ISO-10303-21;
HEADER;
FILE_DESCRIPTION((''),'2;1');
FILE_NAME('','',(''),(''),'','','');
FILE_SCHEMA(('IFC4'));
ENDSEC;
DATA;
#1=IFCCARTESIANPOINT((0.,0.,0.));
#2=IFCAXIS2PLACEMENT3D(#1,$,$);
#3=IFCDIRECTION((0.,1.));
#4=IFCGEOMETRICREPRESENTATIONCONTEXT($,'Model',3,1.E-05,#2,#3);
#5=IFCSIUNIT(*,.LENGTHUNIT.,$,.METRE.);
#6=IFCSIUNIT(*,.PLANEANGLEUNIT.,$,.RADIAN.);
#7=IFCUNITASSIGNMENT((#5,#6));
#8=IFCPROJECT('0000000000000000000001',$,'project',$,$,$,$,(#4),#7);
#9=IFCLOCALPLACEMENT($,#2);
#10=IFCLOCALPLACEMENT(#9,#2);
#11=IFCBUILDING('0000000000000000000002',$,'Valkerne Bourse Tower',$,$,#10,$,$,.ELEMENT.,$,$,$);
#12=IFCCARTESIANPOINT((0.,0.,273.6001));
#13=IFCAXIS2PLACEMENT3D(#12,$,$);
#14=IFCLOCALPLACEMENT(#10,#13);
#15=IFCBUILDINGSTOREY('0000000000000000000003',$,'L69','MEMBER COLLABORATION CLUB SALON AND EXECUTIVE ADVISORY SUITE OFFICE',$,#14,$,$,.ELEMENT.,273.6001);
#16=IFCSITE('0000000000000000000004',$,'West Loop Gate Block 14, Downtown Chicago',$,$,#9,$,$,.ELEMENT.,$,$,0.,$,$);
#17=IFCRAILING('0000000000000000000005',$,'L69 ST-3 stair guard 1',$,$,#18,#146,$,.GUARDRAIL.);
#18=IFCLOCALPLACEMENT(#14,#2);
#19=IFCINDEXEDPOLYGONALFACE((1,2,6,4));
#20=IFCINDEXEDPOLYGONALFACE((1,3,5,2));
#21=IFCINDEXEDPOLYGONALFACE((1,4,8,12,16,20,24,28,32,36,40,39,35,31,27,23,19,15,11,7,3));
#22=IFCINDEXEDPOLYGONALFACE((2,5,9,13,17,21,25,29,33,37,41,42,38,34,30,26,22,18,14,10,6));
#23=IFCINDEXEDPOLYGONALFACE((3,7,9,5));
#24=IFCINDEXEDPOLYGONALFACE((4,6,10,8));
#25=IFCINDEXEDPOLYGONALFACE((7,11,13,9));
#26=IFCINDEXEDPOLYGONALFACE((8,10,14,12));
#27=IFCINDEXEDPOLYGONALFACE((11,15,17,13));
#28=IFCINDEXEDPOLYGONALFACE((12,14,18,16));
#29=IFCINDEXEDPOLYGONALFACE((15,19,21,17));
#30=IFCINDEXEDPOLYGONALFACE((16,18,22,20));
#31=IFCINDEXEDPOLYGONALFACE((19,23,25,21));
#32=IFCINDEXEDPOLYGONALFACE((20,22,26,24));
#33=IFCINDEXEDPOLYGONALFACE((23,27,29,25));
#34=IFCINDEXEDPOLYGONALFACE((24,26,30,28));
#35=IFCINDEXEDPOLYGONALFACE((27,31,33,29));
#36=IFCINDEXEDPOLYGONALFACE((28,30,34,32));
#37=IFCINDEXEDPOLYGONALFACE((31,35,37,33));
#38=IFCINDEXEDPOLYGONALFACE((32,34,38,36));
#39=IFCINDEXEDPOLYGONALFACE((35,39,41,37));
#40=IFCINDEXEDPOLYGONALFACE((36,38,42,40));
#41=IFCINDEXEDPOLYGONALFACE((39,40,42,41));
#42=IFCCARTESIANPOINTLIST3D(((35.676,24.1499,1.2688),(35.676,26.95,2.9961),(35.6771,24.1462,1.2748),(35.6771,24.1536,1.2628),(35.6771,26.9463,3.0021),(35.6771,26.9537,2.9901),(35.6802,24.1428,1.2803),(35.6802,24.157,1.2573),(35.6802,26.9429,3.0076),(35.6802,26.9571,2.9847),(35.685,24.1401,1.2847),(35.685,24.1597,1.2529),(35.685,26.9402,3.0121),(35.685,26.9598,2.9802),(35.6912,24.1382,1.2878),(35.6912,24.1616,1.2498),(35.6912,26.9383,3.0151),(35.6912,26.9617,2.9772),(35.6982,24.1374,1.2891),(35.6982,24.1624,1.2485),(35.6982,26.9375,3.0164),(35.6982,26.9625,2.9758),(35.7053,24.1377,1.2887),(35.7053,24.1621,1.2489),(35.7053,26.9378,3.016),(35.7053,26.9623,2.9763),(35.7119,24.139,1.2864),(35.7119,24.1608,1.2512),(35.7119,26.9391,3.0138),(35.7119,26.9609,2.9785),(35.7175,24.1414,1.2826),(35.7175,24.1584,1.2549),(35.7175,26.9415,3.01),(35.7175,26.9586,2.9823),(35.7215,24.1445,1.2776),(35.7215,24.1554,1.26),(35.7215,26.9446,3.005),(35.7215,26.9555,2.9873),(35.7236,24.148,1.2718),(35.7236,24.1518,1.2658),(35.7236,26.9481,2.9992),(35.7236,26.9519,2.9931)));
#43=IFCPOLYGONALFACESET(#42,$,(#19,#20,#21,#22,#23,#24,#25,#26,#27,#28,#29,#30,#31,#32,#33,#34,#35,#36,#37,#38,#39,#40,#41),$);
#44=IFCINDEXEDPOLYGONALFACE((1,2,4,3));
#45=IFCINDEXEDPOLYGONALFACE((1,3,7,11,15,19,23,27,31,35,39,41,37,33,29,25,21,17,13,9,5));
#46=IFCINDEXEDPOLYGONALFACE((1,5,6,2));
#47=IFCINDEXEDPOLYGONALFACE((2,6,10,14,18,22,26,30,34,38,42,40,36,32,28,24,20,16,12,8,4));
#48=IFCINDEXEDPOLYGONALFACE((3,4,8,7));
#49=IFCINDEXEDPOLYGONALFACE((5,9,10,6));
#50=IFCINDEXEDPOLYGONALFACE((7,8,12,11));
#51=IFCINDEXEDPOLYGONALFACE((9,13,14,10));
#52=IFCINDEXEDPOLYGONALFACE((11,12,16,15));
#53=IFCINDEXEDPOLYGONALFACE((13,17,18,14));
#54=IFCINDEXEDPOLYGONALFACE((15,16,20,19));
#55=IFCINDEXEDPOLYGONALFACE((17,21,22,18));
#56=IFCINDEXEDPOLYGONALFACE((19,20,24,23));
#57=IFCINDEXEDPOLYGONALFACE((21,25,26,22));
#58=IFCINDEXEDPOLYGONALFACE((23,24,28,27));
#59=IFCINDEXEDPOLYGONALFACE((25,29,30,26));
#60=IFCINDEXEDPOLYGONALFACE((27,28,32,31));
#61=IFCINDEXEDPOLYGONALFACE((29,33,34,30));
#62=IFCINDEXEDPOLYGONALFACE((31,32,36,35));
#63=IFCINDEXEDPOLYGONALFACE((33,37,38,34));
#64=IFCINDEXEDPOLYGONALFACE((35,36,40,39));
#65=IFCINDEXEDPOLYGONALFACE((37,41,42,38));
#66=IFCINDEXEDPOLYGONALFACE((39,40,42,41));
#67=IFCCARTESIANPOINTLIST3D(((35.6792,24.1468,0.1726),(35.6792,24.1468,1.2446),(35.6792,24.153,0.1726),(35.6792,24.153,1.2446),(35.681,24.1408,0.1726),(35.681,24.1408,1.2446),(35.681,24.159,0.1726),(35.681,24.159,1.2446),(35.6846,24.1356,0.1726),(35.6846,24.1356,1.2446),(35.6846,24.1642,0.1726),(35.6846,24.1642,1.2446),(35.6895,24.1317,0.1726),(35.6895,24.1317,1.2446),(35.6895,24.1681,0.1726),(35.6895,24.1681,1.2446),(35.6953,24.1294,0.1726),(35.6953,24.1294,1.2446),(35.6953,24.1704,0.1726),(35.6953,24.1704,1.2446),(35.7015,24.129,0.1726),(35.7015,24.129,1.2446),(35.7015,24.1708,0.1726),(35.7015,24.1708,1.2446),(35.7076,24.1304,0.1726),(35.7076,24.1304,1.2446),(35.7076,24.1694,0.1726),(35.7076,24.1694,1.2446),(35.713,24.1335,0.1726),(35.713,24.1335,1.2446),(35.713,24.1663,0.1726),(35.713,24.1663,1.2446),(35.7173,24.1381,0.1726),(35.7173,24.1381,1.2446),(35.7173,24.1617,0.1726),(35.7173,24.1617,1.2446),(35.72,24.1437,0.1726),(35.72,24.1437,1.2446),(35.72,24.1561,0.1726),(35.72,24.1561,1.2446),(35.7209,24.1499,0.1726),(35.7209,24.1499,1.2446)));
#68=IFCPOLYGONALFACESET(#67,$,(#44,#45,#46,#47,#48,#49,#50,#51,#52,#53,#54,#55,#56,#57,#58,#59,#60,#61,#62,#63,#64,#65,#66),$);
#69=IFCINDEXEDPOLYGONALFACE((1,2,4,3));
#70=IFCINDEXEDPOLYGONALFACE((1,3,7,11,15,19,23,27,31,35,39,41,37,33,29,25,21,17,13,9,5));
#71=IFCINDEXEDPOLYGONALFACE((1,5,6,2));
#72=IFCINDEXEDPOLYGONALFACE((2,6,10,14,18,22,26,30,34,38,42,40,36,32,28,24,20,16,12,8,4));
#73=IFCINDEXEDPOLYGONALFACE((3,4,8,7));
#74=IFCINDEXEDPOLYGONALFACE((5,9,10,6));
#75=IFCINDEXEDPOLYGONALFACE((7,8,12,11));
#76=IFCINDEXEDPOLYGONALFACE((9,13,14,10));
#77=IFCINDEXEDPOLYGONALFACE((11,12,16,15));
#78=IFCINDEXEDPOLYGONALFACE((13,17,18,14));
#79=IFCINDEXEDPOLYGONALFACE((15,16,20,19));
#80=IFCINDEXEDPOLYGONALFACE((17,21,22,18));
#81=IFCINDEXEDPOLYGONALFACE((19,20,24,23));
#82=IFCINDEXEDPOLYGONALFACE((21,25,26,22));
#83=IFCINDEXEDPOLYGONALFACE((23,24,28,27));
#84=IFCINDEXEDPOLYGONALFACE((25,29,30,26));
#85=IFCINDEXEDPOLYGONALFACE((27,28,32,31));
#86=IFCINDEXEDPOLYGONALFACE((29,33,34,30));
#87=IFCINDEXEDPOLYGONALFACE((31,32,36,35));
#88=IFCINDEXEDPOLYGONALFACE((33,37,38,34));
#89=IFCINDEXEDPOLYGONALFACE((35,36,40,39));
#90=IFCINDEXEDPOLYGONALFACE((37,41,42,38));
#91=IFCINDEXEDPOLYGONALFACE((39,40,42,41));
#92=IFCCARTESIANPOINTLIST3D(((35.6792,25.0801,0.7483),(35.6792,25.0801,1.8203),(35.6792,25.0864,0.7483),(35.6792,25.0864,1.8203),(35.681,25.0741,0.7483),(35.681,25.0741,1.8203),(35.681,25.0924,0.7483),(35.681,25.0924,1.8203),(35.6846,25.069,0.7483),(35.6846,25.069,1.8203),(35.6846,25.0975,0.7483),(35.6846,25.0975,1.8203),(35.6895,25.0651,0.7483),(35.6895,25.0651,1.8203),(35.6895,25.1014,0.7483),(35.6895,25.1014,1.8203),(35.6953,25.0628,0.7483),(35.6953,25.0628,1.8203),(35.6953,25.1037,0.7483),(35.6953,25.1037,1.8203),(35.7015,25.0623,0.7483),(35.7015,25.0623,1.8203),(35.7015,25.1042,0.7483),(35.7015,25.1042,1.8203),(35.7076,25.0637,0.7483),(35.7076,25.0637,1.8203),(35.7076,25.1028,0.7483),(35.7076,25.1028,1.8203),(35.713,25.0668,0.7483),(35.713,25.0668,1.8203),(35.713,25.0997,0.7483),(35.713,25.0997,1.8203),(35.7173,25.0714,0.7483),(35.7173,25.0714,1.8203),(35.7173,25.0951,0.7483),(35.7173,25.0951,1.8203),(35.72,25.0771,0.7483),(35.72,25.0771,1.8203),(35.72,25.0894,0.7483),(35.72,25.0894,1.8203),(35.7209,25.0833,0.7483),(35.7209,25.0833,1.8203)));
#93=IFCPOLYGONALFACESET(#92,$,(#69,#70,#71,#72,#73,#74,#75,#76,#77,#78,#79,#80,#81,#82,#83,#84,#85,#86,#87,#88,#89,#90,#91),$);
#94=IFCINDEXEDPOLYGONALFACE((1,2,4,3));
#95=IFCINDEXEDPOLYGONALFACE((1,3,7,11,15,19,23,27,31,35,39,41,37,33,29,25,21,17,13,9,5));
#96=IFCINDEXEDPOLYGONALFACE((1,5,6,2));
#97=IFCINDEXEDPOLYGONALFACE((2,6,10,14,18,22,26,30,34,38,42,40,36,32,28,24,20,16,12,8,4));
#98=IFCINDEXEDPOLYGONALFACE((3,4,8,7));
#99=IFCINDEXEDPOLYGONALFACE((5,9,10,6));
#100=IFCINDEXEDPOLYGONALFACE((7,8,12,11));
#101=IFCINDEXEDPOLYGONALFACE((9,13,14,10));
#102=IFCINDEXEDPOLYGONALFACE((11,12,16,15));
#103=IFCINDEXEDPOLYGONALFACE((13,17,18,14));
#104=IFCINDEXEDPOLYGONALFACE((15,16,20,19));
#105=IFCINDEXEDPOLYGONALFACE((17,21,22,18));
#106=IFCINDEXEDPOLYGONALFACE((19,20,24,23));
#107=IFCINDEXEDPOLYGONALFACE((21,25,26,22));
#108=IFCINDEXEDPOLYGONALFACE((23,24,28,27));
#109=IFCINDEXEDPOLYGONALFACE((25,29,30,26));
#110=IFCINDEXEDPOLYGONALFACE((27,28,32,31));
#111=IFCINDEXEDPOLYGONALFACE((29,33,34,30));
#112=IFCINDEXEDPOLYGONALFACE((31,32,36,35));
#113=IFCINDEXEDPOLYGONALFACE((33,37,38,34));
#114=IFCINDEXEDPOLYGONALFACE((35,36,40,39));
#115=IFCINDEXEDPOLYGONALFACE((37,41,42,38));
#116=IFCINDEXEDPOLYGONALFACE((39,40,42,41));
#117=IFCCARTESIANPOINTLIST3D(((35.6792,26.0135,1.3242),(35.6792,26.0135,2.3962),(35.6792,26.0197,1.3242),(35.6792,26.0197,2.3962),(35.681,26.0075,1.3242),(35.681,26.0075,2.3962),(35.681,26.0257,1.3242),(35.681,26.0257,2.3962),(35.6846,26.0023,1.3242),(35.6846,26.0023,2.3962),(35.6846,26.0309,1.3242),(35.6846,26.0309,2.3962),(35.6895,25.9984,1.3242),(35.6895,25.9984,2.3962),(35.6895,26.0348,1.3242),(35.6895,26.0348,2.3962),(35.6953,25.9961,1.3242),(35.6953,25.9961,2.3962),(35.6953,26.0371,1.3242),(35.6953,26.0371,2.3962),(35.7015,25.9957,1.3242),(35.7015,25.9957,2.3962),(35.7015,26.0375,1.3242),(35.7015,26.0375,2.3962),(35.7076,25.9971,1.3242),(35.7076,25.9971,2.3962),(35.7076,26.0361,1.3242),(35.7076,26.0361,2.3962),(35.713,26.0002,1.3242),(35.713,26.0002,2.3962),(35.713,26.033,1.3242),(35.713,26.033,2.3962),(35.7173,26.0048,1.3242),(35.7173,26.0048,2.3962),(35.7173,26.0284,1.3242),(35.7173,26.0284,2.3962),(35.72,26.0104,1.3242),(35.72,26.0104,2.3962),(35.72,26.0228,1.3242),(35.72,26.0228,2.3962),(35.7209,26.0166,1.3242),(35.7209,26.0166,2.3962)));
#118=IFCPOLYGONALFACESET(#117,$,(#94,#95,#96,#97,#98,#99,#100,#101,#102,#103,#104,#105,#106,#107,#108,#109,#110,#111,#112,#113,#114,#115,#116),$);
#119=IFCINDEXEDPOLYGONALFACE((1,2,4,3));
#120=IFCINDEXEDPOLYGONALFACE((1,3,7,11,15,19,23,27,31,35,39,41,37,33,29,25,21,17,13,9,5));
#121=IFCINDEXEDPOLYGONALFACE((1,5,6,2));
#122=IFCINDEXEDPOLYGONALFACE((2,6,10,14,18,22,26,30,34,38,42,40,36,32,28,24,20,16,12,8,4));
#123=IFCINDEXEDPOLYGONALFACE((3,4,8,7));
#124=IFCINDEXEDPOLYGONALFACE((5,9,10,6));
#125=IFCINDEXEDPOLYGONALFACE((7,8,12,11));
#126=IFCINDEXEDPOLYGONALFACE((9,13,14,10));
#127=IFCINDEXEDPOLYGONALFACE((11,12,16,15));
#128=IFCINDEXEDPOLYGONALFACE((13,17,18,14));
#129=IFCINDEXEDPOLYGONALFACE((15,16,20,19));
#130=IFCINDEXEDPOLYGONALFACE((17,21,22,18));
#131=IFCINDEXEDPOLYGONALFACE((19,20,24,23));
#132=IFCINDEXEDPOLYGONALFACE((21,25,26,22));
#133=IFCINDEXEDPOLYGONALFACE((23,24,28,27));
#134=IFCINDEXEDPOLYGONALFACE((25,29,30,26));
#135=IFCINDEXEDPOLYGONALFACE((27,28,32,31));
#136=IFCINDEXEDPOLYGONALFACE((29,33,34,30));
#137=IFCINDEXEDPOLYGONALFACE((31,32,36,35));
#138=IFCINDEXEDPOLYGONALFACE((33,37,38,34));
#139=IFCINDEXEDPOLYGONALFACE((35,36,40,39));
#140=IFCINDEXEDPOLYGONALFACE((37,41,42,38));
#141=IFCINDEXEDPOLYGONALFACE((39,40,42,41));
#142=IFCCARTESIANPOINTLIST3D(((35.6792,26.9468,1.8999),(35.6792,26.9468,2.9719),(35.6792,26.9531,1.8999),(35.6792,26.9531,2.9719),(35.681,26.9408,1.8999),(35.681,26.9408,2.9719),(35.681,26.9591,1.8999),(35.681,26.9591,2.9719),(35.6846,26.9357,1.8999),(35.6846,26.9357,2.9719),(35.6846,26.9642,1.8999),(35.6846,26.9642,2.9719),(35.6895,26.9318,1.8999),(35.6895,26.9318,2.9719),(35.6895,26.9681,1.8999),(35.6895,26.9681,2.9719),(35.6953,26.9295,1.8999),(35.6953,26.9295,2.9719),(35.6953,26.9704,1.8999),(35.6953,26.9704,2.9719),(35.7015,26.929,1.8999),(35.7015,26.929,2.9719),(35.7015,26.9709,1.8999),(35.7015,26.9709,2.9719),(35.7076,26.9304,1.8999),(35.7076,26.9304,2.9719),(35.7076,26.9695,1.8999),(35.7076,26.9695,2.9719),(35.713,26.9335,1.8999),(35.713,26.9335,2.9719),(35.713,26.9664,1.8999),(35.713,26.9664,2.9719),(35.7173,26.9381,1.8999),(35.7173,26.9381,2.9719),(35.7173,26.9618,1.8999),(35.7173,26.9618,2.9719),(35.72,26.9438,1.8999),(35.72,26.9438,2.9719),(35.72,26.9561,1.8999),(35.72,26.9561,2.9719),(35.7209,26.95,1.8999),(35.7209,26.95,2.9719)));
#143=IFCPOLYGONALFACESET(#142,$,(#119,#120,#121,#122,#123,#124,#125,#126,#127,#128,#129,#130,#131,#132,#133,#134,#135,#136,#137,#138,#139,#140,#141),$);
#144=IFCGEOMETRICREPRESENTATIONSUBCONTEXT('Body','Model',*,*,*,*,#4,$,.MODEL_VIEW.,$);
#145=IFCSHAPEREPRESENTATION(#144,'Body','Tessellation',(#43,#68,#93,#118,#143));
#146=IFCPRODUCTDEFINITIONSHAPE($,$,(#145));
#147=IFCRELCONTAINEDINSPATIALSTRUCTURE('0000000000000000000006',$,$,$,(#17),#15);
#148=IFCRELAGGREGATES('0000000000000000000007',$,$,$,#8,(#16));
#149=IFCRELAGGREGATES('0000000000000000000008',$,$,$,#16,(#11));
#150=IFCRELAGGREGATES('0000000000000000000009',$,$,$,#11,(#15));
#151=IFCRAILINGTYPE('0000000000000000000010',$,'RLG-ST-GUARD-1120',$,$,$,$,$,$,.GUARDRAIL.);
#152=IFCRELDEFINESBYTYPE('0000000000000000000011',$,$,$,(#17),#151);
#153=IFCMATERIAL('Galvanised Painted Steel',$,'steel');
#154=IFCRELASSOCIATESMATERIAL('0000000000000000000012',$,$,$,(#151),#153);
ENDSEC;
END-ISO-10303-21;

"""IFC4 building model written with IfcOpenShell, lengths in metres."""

from ifc_helpers import new_model, si_unit, direction, frame, origin, origin_2d, place, context, subcontext, project, spatial, circle, extrude, material, type_object, element, save


model = new_model("IFC4")

# Units and contexts
model_context = context("Model", 3, precision=1e-05, world=origin(), true_north=direction((0.0, 1.0)))
body_context = subcontext(model_context, "Body", "Model", "MODEL_VIEW")
ifc_project = project(units=[si_unit("LENGTHUNIT", "METRE"), si_unit("PLANEANGLEUNIT", "RADIAN")], contexts=[model_context])

# Site, building, storey
site_placement = place(None, origin())
site = spatial("IfcSite", under=ifc_project, at=site_placement, Name="West Loop Gate Block 14, Downtown Chicago", CompositionType="ELEMENT", RefElevation=0.0)
building_placement = place(site_placement, origin())
building = spatial("IfcBuilding", under=site, at=building_placement, Name="Valkerne Bourse Tower", CompositionType="ELEMENT")
storey_placement = place(building_placement, frame((0.0, 0.0, 273.6001)))
storey = spatial("IfcBuildingStorey", under=building, at=storey_placement, Name="L69", Description="MEMBER COLLABORATION CLUB SALON AND EXECUTIVE ADVISORY SUITE OFFICE", CompositionType="ELEMENT", Elevation=273.6001)

# Railing
ifc_material_1 = material(Name="Galvanised Painted Steel", Category="steel")
railing_type_1 = type_object("IfcRailingType", Name="RLG-ST-GUARD-1120", PredefinedType="GUARDRAIL", material=ifc_material_1)
railing_1_placement = place(storey_placement, frame((35.7, 24.1499, 0.1726)))
element("IfcRailing", 1, at=railing_1_placement, inside=storey, type_object=railing_type_1, Name="L69 ST-3 stair guard 1", PredefinedType="GUARDRAIL", context=body_context, shape_type="SweptSolid", body=[
    extrude(circle(Radius=0.0239, at=origin_2d()), frame((0.0, 0.0, 1.0962), z_axis=(0.0, 0.85109, 0.52502), x_axis=(-1.0, 0.0, 0.0)), (0.0, 0.0, 1.0), 3.29),
    extrude(circle(Radius=0.021, at=origin_2d()), origin(), (0.0, 0.0, 1.0), 1.072),
    extrude(circle(Radius=0.021, at=origin_2d()), frame((0.0, 0.9333, 0.5757)), (0.0, 0.0, 1.0), 1.072),
    extrude(circle(Radius=0.021, at=origin_2d()), frame((0.0, 1.8667, 1.1516)), (0.0, 0.0, 1.0), 1.072),
    extrude(circle(Radius=0.021, at=origin_2d()), frame((0.0, 2.8, 1.7273)), (0.0, 0.0, 1.0), 1.072),
])

save(model, "model.ifc")
